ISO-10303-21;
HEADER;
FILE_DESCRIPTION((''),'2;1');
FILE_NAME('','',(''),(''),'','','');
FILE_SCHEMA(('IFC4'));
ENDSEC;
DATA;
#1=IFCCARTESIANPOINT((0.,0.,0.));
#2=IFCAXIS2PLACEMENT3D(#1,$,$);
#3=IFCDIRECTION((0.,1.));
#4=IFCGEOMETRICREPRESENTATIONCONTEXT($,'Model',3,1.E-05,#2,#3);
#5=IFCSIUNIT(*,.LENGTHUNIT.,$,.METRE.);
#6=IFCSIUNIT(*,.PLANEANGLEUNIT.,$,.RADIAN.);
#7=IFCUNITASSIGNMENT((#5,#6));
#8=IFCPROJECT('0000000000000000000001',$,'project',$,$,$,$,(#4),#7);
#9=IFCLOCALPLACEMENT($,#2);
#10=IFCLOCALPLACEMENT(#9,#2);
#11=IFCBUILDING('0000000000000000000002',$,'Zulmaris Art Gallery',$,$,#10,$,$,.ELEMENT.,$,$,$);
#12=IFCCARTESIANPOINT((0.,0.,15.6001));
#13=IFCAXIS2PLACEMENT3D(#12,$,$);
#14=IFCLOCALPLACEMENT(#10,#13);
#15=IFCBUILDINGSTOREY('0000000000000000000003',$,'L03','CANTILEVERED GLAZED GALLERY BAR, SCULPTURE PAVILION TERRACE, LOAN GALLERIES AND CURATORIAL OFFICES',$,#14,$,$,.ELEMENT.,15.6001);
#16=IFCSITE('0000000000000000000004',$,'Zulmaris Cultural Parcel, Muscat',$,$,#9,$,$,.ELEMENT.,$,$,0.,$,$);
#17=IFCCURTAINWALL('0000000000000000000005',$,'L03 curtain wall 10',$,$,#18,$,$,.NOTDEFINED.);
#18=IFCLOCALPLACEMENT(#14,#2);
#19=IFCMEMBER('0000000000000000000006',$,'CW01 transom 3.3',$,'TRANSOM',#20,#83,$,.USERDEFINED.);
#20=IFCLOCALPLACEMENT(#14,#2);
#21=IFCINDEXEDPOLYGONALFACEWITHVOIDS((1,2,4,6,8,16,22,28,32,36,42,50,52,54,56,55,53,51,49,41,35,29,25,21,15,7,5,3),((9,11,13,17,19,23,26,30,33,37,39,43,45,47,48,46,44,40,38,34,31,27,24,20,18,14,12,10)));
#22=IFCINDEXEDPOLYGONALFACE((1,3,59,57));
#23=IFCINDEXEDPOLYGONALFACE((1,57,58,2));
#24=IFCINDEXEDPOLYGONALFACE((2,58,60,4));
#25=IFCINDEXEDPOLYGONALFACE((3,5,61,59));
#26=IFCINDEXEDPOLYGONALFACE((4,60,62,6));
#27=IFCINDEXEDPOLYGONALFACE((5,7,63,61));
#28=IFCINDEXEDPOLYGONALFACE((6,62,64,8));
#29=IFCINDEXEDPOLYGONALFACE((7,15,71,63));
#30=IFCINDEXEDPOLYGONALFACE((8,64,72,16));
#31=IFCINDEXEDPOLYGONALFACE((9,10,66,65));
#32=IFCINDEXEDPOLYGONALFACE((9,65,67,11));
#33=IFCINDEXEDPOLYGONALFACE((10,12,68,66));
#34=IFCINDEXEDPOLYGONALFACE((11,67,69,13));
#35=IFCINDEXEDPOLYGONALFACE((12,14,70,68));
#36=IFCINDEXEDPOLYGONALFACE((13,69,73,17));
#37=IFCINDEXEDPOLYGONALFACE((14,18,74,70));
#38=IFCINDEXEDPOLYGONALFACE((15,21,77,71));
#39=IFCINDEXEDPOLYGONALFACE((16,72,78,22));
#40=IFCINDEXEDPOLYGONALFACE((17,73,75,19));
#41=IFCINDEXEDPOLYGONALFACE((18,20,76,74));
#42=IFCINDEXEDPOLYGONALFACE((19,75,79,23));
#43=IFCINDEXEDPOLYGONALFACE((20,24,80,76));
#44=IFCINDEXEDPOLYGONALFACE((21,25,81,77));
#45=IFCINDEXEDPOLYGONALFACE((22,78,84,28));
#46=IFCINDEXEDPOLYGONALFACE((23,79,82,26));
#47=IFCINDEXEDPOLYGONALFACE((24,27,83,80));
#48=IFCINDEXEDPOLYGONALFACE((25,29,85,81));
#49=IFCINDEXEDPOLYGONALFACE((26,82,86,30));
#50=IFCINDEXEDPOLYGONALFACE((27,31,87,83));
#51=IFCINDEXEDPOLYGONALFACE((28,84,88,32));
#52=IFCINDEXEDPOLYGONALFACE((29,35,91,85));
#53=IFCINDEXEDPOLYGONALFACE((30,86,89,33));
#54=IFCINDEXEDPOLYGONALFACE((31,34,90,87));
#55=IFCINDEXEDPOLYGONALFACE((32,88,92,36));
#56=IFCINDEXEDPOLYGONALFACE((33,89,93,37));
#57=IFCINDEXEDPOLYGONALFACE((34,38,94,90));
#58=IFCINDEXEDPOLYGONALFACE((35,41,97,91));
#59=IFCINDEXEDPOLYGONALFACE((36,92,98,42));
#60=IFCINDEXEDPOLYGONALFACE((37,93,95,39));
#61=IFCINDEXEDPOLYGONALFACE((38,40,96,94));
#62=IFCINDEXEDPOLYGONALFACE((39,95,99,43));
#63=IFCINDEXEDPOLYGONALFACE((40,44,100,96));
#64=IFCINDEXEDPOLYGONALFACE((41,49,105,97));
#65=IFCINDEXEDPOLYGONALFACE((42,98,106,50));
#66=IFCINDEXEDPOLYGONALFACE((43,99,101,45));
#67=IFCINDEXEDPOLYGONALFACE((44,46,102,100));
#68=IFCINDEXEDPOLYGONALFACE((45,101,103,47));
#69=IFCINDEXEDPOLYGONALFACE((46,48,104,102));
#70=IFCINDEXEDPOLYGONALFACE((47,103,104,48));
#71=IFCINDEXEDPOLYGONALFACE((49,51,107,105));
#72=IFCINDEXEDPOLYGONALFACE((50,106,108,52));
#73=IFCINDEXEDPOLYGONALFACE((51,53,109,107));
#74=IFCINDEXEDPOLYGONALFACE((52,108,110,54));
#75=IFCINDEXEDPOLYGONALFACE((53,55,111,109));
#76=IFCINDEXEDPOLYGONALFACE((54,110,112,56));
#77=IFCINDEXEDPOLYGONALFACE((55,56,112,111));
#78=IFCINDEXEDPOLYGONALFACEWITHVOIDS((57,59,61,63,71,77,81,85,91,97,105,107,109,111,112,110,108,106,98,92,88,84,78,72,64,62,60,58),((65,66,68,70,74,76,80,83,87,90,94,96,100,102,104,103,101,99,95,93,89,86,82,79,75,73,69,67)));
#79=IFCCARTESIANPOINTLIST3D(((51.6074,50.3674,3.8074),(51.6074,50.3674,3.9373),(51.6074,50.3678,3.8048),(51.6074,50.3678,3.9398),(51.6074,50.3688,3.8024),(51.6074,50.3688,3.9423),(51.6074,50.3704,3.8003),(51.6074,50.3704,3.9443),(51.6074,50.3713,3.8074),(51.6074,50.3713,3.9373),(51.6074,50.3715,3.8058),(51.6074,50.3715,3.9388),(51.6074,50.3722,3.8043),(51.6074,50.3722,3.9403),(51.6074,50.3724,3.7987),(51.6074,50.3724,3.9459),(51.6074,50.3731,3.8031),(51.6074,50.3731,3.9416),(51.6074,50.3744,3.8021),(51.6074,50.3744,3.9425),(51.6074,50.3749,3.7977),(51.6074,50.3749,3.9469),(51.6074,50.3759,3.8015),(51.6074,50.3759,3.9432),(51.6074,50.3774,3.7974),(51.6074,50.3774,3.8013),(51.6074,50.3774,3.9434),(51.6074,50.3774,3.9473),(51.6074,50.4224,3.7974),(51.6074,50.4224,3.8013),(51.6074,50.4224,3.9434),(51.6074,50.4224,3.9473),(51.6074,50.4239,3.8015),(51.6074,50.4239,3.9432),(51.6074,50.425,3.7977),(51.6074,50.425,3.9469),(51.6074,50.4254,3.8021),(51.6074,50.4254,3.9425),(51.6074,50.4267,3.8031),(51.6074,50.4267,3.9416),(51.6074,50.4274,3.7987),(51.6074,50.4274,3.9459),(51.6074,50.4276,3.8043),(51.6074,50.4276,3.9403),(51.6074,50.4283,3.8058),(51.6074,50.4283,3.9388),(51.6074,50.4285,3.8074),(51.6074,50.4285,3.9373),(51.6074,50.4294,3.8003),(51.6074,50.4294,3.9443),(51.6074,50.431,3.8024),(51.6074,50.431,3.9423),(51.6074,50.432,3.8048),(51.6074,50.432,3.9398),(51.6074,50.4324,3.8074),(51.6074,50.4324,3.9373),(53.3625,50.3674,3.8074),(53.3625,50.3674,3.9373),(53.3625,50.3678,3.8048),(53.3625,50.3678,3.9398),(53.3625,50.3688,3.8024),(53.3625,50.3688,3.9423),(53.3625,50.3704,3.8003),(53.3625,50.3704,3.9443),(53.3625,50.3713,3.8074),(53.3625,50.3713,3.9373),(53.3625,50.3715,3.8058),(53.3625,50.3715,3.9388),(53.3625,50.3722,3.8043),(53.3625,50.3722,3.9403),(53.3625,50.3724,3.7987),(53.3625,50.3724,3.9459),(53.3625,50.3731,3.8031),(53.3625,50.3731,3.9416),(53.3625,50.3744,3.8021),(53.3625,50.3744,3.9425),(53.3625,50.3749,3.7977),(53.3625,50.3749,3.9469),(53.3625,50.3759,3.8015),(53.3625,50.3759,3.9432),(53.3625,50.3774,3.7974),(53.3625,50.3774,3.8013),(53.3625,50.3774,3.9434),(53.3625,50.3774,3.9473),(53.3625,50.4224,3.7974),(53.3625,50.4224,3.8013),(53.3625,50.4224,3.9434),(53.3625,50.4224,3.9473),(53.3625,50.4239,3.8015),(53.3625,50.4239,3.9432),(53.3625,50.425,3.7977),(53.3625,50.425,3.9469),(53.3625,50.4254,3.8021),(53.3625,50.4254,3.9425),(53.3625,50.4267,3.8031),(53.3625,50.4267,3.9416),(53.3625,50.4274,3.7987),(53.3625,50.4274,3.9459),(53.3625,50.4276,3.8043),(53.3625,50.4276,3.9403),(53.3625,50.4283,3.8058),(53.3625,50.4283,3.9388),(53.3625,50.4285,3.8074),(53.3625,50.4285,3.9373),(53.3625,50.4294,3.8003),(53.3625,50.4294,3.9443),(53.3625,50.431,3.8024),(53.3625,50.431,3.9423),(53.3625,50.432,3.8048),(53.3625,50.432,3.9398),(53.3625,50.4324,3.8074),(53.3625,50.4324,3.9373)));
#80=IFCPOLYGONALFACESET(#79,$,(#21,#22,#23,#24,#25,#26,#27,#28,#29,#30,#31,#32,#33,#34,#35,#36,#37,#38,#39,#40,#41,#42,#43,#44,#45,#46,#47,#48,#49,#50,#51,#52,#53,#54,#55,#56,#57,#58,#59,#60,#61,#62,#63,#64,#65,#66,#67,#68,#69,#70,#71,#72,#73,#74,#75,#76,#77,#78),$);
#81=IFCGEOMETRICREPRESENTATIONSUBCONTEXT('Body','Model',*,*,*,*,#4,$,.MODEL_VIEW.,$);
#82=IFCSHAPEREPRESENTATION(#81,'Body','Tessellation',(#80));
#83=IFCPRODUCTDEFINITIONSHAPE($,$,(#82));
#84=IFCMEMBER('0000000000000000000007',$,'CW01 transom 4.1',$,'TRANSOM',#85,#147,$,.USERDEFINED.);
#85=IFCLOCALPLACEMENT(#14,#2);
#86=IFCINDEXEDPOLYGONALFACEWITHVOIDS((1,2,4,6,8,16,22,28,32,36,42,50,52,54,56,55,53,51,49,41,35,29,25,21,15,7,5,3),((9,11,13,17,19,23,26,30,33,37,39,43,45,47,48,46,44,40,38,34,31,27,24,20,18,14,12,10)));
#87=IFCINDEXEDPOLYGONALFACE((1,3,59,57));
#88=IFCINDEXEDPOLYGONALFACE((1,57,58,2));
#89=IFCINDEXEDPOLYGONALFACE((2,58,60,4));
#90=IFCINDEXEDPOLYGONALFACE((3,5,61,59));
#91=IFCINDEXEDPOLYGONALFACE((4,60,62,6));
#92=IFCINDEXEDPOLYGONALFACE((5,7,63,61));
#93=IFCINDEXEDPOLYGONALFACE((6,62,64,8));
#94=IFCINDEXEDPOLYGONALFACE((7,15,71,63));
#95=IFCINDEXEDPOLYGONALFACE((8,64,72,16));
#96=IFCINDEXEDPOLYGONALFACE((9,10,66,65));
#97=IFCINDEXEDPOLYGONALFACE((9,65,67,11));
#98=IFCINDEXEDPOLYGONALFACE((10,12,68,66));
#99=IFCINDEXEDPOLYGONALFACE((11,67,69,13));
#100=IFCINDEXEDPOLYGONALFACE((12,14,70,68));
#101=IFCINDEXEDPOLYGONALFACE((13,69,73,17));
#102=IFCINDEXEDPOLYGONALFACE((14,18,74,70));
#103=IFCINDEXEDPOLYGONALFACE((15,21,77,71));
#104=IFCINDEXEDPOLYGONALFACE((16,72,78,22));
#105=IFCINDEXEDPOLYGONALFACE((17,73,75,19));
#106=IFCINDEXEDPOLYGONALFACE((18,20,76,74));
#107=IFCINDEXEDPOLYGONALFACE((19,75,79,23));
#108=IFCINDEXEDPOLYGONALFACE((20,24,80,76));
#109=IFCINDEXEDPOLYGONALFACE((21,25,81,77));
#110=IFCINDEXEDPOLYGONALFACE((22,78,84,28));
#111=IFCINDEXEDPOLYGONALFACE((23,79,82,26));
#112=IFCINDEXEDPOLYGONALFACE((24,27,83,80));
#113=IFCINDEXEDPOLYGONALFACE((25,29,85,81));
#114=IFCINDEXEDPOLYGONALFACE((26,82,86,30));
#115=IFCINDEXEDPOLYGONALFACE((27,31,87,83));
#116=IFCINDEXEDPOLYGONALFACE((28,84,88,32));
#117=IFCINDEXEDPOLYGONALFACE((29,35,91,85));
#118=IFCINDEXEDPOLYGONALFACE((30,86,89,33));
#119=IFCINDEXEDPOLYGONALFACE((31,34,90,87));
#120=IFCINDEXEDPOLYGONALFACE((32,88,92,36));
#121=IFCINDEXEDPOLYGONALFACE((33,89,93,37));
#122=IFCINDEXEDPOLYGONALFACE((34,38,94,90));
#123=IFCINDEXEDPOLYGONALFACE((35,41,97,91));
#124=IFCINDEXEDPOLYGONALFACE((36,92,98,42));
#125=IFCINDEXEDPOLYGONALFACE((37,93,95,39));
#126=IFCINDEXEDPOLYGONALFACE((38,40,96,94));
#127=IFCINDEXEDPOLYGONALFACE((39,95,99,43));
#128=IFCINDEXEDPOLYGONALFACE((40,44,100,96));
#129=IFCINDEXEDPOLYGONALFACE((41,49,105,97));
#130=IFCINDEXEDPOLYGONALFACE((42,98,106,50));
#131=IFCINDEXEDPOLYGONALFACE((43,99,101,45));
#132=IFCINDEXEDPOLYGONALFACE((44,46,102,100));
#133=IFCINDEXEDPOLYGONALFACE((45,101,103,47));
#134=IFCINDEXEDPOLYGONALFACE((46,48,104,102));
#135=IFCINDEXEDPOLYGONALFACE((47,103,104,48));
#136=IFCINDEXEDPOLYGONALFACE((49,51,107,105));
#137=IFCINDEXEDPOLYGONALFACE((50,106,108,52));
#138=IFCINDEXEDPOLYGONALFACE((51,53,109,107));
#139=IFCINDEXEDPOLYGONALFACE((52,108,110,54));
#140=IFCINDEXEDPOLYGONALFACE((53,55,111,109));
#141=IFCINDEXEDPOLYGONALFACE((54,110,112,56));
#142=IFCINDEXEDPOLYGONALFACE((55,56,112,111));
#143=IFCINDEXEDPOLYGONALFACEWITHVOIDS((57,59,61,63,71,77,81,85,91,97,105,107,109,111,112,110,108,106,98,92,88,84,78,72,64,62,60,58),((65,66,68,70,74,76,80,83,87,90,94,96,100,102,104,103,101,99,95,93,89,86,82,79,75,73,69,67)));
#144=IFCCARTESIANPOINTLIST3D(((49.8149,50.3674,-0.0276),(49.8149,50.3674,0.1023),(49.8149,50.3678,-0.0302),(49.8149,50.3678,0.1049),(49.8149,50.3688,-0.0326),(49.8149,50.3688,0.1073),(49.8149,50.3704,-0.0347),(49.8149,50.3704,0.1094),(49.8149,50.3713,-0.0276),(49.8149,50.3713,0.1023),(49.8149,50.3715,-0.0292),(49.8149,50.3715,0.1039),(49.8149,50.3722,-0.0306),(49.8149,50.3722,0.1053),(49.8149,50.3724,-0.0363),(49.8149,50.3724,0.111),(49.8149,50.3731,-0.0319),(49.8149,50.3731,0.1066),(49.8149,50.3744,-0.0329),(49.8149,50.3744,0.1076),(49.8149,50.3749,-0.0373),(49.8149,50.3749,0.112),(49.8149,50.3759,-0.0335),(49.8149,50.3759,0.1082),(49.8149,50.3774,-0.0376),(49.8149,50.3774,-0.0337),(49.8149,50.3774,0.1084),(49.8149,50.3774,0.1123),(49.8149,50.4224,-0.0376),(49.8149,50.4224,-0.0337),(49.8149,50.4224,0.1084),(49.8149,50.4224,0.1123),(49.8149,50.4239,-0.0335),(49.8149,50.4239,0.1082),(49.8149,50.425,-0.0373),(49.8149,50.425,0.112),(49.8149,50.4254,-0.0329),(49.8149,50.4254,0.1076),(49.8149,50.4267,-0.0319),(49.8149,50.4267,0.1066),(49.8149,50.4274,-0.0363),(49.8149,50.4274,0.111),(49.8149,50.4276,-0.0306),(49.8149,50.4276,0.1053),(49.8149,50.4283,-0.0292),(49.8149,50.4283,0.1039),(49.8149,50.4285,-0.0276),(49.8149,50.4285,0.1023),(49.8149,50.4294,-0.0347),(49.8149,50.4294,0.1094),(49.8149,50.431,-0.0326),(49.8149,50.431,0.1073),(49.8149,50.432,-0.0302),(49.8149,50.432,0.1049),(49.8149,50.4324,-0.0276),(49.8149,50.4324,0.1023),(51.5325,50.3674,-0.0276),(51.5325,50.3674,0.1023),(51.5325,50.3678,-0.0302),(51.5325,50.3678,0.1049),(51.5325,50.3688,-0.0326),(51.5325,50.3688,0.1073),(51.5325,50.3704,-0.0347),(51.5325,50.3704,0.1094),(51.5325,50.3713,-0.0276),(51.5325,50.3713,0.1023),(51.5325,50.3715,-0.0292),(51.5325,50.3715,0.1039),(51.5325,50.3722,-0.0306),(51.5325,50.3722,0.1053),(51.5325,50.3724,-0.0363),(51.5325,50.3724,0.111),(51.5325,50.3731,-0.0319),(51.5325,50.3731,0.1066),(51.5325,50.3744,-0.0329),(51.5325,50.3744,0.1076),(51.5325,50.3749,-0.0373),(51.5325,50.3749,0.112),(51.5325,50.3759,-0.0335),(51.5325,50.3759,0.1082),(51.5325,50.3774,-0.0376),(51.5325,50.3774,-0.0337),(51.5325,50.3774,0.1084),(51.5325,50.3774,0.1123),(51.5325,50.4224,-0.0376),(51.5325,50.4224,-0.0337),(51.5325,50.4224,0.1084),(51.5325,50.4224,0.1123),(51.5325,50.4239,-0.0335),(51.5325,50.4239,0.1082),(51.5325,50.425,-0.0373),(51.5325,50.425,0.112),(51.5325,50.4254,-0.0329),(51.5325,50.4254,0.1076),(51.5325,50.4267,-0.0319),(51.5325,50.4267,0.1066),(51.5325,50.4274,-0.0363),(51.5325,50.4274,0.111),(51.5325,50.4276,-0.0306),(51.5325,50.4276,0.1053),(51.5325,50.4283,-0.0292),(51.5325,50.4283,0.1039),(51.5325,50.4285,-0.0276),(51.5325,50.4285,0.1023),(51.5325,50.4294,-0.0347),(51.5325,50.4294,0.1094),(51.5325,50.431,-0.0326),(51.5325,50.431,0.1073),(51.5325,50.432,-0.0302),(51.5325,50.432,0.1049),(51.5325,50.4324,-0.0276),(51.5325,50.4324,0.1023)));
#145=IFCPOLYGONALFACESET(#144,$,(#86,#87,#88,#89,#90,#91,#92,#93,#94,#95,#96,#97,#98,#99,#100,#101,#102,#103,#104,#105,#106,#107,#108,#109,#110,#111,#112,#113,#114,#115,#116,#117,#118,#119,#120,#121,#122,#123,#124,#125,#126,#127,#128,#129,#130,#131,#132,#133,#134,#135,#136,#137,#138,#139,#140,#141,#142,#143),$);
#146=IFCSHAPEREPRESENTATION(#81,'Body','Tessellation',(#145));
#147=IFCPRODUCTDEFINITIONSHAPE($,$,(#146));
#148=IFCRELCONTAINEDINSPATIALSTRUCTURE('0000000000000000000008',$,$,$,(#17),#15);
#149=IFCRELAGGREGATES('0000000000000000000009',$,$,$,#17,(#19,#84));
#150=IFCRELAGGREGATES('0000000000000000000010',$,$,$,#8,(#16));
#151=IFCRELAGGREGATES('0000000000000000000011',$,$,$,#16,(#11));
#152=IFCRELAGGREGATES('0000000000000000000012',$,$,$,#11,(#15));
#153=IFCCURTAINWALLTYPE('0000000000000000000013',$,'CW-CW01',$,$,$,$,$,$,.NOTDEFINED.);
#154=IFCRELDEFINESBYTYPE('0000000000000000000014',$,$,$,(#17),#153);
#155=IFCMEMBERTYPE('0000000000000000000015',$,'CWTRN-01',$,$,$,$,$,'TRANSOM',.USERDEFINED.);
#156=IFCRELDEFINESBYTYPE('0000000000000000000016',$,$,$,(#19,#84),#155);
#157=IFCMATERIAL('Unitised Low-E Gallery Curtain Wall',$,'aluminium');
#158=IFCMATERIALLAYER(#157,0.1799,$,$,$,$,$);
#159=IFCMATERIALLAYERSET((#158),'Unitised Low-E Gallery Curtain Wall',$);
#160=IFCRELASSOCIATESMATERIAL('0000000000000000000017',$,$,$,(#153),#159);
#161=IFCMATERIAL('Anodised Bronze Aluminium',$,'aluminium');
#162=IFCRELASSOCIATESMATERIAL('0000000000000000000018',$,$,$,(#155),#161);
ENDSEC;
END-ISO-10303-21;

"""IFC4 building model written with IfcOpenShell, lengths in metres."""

from ifc_helpers import new_model, si_unit, direction, frame, origin, origin_2d, place, context, subcontext, project, spatial, hollow_rectangle, extrude, material, layer, layer_set, material_profile, profile_set, type_object, element, aggregate, save


model = new_model("IFC4")

# Units and contexts
model_context = context("Model", 3, precision=1e-05, world=origin(), true_north=direction((0.0, 1.0)))
body_context = subcontext(model_context, "Body", "Model", "MODEL_VIEW")
ifc_project = project(units=[si_unit("LENGTHUNIT", "METRE"), si_unit("PLANEANGLEUNIT", "RADIAN")], contexts=[model_context])

# Site, building, storey
site_placement = place(None, origin())
site = spatial("IfcSite", under=ifc_project, at=site_placement, Name="Zulmaris Cultural Parcel, Muscat", CompositionType="ELEMENT", RefElevation=0.0)
building_placement = place(site_placement, origin())
building = spatial("IfcBuilding", under=site, at=building_placement, Name="Zulmaris Art Gallery", CompositionType="ELEMENT")
storey_placement = place(building_placement, frame((0.0, 0.0, 15.6001)))
storey = spatial("IfcBuildingStorey", under=building, at=storey_placement, Name="L03", Description="CANTILEVERED GLAZED GALLERY BAR, SCULPTURE PAVILION TERRACE, LOAN GALLERIES AND CURATORIAL OFFICES", CompositionType="ELEMENT", Elevation=15.6001)

# Curtain wall
ifc_material_1 = material(Name="Unitised Low-E Gallery Curtain Wall", Category="aluminium")
ifc_layer_1 = layer(ifc_material_1, 0.1799)
ifc_layer_set_1 = layer_set([ifc_layer_1], Name="Unitised Low-E Gallery Curtain Wall")
curtain_wall_type = type_object("IfcCurtainWallType", Name="CW-CW01", PredefinedType="NOTDEFINED", material=ifc_layer_set_1)
curtain_wall_1_placement = place(storey_placement, origin())
curtain_wall_1 = element("IfcCurtainWall", 1, at=curtain_wall_1_placement, inside=storey, type_object=curtain_wall_type, Name="L03 curtain wall 10", PredefinedType="NOTDEFINED")
ifc_material_2 = material(Name="Anodised Bronze Aluminium", Category="aluminium")

# Members
ifc_material_profile_1 = material_profile(ifc_material_2, hollow_rectangle(XDim=0.0649, YDim=0.1499, WallThickness=0.0039, InnerFilletRadius=0.0061, OuterFilletRadius=0.01, at=origin_2d()), Name="ALU 65x150x4")
ifc_profile_set_1 = profile_set([ifc_material_profile_1], Name="Anodised Bronze Aluminium")
member_type_1 = type_object("IfcMemberType", Name="CWTRN-01", ElementType="TRANSOM", PredefinedType="USERDEFINED", material=ifc_profile_set_1)
member_1_placement = place(storey_placement, frame((53.3625, 50.3999, 3.8723), z_axis=(-1.0, 0.0, 0.0), x_axis=(0.0, -1.0, 0.0)))
member_1 = element("IfcMember", 2, at=member_1_placement, type_object=member_type_1, Name="CW01 transom 3.3", ObjectType="TRANSOM", PredefinedType="USERDEFINED", context=body_context, shape_type="SweptSolid", body=[
    extrude(hollow_rectangle(XDim=0.0649, YDim=0.1499, WallThickness=0.0039, InnerFilletRadius=0.0061, OuterFilletRadius=0.01, at=origin_2d()), origin(), (0.0, 0.0, 1.0), 1.7551),
])
member_2_placement = place(storey_placement, frame((51.5325, 50.3999, 0.0374), z_axis=(-1.0, 0.0, 0.0), x_axis=(0.0, -1.0, 0.0)))
member_2 = element("IfcMember", 3, at=member_2_placement, type_object=member_type_1, Name="CW01 transom 4.1", ObjectType="TRANSOM", PredefinedType="USERDEFINED", context=body_context, shape_type="SweptSolid", body=[
    extrude(hollow_rectangle(XDim=0.0649, YDim=0.1499, WallThickness=0.0039, InnerFilletRadius=0.0061, OuterFilletRadius=0.01, at=origin_2d()), origin(), (0.0, 0.0, 1.0), 1.7175),
])

aggregate(curtain_wall_1, [member_1, member_2])

save(model, "model.ifc")
